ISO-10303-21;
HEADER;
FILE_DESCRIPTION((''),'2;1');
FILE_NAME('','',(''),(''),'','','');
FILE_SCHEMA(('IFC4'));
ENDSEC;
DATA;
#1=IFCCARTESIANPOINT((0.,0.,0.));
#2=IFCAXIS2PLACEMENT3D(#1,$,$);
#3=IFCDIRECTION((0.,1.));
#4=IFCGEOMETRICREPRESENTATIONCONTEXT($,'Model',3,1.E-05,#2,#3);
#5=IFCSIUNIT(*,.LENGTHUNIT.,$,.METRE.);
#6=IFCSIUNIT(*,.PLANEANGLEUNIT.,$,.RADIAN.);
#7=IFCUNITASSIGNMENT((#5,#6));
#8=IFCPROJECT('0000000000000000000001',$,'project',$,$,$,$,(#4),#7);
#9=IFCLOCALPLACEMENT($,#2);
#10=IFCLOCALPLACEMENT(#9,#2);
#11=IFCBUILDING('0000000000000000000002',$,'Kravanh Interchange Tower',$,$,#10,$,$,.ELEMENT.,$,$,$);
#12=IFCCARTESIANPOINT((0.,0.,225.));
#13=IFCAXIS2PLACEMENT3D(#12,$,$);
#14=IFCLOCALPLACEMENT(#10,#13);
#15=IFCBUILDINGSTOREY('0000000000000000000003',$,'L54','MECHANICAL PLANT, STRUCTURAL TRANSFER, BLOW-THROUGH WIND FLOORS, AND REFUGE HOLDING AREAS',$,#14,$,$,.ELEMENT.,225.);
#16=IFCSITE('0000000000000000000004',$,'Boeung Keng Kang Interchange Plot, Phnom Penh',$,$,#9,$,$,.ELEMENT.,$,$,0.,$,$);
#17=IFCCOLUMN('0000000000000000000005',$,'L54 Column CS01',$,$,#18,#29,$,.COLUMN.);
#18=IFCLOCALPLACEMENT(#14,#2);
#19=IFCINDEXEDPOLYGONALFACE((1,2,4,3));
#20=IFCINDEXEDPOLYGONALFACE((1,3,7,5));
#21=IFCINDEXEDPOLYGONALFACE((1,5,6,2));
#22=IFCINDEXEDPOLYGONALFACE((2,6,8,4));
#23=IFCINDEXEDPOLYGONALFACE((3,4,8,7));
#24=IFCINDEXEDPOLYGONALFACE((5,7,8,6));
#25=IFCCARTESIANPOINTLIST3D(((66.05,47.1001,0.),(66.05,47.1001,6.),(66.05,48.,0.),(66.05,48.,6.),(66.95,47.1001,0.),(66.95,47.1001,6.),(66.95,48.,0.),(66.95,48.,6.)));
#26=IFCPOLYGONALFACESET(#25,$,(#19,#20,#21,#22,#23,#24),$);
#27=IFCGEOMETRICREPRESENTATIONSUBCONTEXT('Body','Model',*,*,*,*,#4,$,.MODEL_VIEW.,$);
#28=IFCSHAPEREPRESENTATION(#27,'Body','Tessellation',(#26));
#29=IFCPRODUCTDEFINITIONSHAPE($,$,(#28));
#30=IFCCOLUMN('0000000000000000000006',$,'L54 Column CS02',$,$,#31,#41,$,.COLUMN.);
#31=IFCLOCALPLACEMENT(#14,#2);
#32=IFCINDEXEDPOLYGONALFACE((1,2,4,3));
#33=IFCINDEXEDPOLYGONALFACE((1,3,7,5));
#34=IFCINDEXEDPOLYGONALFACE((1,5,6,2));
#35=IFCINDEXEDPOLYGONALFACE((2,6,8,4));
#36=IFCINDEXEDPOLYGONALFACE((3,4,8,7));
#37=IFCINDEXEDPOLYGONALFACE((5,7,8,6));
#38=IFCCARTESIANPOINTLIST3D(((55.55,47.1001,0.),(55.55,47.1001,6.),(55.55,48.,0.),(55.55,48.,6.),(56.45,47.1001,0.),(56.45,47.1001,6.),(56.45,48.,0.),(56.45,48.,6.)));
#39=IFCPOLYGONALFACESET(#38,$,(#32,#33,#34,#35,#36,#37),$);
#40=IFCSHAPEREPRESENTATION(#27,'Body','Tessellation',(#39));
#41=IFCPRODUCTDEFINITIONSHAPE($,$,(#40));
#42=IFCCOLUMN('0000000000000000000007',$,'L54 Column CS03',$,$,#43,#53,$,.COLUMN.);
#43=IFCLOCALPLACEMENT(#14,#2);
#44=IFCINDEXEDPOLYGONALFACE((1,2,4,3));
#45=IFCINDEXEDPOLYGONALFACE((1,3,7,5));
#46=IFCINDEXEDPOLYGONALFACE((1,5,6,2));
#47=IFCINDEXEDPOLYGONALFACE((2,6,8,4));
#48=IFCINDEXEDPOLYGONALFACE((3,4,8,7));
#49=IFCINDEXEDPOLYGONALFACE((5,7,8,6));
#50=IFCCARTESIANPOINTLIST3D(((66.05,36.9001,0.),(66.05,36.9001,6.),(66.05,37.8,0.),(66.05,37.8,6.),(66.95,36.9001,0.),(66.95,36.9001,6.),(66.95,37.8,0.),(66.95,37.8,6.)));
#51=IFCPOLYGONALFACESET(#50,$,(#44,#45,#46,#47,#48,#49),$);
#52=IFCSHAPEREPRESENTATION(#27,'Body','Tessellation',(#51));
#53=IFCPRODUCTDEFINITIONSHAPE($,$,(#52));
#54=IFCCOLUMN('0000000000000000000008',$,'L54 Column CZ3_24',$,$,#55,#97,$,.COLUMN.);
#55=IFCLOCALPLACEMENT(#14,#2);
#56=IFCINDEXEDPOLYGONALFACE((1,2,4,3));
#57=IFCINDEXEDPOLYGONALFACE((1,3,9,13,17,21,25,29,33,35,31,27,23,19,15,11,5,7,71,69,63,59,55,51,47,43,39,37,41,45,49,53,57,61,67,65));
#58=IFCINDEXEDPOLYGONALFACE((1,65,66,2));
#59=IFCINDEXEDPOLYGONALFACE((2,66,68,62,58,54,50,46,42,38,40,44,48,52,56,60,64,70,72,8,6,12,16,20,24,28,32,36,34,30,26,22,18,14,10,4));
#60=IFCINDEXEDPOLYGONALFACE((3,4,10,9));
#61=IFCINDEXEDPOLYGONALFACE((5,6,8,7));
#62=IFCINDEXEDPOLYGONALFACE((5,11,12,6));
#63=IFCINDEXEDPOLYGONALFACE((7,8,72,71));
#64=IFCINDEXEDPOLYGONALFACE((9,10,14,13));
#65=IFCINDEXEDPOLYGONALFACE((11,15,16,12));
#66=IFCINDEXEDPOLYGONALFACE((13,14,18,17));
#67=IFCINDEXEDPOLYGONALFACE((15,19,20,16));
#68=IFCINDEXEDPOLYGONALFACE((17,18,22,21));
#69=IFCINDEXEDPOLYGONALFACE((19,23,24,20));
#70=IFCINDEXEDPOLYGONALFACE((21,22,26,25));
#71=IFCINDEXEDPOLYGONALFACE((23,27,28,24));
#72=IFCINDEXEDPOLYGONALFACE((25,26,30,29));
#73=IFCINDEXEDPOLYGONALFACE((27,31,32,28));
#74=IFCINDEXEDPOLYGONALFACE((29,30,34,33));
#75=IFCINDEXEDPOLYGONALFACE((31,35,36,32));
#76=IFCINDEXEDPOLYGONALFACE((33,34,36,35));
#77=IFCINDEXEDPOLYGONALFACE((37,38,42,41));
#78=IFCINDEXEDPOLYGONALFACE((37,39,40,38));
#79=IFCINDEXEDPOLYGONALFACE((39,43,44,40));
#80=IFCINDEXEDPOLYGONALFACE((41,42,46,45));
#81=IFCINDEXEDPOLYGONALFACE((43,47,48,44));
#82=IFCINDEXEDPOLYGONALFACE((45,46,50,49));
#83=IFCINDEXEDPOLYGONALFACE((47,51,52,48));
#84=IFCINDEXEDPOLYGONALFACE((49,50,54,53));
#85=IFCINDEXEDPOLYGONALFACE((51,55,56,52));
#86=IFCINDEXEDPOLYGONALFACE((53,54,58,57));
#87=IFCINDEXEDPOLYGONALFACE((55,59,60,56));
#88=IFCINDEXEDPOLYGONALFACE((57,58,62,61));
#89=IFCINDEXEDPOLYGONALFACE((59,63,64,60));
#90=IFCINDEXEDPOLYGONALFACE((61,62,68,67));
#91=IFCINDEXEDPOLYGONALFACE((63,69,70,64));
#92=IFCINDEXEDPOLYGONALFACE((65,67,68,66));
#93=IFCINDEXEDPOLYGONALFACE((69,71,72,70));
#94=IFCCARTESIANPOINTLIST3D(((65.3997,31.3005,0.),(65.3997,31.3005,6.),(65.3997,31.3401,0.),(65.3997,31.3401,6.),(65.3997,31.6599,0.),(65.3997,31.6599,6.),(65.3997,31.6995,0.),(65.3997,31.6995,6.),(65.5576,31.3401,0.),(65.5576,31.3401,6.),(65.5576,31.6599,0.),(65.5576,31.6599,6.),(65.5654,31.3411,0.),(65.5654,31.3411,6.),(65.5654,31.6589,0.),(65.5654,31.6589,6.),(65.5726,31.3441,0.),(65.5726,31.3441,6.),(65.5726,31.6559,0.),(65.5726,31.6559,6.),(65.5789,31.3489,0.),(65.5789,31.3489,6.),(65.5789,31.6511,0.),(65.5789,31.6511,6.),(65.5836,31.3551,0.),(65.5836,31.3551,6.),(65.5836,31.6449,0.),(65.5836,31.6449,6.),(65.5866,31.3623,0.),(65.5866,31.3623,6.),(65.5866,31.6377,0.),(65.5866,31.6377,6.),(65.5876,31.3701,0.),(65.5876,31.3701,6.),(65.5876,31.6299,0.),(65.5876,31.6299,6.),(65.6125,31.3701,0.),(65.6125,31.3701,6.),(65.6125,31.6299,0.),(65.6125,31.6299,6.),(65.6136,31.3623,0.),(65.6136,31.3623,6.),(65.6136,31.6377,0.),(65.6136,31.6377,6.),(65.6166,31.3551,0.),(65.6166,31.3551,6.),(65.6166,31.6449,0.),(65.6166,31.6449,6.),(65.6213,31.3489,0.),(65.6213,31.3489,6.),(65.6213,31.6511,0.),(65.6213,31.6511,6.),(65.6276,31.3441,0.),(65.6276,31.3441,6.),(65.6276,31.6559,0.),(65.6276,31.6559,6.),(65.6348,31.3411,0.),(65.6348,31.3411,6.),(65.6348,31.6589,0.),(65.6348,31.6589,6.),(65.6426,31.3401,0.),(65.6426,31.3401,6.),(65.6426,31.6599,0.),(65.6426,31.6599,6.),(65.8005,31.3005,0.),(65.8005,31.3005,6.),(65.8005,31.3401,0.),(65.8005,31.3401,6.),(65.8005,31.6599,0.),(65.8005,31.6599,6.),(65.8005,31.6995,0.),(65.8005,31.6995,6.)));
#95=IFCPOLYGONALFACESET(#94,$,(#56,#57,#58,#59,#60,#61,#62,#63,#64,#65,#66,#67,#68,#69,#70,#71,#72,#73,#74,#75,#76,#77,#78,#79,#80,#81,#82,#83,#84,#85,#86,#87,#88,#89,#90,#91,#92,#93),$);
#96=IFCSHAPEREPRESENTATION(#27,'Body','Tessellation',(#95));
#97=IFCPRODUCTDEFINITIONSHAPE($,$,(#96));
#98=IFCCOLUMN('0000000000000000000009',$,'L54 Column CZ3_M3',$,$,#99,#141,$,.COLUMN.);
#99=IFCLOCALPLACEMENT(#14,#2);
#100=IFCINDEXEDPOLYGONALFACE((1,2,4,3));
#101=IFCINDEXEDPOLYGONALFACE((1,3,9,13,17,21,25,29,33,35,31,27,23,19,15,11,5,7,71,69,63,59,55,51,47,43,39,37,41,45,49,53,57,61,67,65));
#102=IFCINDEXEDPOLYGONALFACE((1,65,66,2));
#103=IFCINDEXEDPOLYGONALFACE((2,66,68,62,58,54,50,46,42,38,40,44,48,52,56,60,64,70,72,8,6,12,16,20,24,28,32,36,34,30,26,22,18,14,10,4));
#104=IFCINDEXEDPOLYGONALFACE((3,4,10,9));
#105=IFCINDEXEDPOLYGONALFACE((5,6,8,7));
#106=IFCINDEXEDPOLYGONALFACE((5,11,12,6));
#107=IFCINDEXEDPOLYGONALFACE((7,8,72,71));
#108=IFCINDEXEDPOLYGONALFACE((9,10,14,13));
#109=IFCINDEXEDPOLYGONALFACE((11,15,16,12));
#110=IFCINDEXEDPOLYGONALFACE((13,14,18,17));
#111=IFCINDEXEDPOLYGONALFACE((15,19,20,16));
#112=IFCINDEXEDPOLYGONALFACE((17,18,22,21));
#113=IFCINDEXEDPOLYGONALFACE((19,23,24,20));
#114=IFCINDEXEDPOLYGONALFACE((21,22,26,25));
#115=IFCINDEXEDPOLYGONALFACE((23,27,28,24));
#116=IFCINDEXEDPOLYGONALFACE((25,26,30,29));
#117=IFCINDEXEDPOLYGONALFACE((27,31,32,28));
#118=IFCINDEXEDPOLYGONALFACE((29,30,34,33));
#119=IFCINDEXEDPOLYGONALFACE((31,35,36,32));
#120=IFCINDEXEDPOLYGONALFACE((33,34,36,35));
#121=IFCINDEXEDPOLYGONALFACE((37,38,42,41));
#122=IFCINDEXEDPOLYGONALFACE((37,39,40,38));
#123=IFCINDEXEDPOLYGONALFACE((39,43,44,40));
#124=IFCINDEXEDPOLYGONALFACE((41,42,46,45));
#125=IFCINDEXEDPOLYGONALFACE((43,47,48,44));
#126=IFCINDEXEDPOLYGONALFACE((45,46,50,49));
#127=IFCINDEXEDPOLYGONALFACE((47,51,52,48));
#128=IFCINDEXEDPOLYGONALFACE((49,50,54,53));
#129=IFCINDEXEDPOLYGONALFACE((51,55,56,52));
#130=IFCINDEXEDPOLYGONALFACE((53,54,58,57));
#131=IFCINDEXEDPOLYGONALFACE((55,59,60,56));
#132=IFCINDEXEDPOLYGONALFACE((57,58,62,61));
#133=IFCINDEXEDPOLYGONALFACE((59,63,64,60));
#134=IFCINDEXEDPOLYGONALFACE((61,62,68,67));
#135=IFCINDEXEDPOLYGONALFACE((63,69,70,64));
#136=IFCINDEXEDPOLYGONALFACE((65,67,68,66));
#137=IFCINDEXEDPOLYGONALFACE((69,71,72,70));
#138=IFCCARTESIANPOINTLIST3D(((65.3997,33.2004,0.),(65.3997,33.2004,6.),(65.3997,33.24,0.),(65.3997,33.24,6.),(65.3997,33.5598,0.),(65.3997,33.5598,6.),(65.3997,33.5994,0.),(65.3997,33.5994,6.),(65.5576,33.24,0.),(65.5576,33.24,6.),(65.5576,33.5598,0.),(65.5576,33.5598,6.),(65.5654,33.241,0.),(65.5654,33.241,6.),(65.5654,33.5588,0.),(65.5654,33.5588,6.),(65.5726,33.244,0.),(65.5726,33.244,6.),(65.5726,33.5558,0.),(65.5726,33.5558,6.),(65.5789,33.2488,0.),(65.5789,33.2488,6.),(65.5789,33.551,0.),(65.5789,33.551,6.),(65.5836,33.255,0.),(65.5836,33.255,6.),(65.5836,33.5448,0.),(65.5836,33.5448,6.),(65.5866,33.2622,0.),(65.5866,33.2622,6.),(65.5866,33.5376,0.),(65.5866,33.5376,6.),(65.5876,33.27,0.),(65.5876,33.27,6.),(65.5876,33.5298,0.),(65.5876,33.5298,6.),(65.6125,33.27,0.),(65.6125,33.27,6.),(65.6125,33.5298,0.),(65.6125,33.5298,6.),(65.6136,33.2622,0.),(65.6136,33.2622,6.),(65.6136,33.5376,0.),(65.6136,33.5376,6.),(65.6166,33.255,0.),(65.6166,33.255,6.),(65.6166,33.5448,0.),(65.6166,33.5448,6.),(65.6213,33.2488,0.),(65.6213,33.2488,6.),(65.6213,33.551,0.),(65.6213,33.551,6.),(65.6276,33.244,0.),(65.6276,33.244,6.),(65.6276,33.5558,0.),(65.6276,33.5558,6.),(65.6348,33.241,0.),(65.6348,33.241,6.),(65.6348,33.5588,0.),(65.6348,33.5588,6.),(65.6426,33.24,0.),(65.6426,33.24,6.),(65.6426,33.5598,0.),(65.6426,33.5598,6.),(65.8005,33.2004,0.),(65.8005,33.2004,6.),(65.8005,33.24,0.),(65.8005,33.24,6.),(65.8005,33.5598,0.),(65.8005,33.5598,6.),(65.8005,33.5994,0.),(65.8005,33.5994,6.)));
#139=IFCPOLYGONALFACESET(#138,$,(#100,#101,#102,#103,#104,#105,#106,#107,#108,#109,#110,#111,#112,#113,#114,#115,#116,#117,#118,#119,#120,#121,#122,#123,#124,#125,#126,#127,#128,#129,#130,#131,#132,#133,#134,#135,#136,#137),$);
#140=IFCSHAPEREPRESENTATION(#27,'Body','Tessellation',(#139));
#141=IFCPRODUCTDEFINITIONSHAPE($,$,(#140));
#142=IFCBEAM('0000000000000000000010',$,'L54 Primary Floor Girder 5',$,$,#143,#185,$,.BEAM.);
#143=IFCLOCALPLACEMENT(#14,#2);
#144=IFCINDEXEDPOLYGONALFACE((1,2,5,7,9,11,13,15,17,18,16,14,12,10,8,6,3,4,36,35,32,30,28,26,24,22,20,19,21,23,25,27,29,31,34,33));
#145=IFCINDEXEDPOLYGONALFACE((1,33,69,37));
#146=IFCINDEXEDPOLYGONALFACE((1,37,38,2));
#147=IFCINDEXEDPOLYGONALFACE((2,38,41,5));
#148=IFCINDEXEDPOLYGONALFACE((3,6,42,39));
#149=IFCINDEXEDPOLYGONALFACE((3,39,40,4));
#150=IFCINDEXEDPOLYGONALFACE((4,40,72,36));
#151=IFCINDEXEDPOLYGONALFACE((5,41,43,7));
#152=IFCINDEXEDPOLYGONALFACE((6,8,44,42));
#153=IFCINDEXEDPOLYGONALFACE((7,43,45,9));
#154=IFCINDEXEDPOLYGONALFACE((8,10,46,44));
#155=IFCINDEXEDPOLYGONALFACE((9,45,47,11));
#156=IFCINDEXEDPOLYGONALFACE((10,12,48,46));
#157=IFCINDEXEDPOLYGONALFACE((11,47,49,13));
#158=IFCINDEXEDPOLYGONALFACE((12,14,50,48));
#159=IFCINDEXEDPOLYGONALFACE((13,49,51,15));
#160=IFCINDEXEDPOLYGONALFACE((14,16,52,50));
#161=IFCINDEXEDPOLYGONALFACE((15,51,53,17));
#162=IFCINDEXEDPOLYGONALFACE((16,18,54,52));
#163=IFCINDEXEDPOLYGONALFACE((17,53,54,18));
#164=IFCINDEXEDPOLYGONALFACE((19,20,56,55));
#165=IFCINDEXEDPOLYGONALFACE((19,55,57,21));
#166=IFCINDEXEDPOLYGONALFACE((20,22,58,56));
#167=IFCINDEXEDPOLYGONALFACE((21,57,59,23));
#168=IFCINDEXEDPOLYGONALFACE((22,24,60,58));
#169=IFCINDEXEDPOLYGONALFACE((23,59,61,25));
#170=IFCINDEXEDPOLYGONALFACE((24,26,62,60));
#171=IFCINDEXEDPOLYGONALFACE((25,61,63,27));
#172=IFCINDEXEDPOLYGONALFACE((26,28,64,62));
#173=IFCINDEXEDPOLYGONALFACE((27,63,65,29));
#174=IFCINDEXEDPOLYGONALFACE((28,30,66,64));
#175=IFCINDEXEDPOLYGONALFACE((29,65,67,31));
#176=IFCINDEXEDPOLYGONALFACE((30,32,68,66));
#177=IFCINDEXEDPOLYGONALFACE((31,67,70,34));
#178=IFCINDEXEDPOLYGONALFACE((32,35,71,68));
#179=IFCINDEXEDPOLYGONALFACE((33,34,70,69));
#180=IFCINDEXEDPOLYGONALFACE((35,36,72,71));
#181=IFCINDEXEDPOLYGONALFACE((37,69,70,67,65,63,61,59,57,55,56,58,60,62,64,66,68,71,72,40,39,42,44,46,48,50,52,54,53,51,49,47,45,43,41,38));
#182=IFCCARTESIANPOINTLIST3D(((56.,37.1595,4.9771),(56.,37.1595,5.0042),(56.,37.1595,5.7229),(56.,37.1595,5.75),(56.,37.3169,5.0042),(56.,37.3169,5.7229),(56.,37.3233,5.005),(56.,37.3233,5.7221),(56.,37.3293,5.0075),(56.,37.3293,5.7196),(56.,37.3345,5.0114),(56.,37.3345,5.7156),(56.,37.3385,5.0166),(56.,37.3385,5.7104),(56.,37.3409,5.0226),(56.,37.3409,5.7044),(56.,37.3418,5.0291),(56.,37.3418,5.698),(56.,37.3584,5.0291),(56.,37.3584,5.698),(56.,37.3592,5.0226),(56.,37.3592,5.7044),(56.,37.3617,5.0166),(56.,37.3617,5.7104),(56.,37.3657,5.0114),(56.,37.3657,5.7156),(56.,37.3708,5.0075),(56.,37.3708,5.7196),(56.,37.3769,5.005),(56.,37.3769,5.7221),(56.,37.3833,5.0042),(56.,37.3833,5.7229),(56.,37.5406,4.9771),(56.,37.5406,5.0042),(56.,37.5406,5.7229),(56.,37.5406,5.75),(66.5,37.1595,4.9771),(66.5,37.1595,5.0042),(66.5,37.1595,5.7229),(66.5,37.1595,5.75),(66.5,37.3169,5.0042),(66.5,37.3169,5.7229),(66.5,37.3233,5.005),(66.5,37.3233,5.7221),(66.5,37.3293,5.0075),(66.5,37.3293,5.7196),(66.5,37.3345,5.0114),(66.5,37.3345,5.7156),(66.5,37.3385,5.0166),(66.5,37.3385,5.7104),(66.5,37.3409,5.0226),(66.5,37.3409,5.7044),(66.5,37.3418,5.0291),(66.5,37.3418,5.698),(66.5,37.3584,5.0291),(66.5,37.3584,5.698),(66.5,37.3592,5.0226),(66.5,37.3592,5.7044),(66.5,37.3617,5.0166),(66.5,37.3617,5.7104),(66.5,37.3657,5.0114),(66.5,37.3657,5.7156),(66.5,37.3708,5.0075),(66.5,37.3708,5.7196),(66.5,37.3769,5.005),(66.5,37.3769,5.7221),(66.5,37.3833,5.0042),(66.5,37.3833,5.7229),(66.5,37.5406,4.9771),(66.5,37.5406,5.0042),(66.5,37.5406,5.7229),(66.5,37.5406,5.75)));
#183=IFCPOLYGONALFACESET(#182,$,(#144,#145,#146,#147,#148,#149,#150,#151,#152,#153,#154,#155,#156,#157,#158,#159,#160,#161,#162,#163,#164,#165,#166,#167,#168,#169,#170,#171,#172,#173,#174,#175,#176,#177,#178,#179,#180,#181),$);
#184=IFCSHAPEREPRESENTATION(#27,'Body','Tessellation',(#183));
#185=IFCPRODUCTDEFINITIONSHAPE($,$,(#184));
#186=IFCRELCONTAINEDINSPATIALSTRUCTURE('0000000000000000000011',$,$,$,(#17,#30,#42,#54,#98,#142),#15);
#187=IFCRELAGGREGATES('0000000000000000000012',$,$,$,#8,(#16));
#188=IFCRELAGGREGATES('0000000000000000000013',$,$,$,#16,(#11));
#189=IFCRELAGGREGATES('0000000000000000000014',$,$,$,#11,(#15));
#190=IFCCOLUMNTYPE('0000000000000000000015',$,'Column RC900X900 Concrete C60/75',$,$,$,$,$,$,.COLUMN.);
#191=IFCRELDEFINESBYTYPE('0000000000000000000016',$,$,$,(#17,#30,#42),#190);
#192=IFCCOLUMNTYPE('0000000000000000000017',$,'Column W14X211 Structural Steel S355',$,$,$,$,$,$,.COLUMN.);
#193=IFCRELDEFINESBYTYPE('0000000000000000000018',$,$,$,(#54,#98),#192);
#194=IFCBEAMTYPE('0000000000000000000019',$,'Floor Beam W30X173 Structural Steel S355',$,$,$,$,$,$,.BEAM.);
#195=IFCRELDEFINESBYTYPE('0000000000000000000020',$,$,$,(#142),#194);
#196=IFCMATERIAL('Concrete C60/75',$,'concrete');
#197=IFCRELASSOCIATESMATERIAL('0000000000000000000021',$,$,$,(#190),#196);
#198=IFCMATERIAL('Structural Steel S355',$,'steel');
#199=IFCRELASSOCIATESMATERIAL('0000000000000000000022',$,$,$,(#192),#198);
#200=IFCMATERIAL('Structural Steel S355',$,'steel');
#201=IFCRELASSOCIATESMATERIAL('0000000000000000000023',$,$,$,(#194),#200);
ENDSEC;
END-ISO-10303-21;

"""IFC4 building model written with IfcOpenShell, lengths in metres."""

from ifc_helpers import new_model, si_unit, direction, frame, origin, origin_2d, place, context, subcontext, project, spatial, rectangle, i_section, extrude, material, material_profile, profile_set, type_object, element, save


model = new_model("IFC4")

# Units and contexts
model_context = context("Model", 3, precision=1e-05, world=origin(), true_north=direction((0.0, 1.0)))
body_context = subcontext(model_context, "Body", "Model", "MODEL_VIEW")
ifc_project = project(units=[si_unit("LENGTHUNIT", "METRE"), si_unit("PLANEANGLEUNIT", "RADIAN")], contexts=[model_context])

# Site, building, storey
site_placement = place(None, origin())
site = spatial("IfcSite", under=ifc_project, at=site_placement, Name="Boeung Keng Kang Interchange Plot, Phnom Penh", CompositionType="ELEMENT", RefElevation=0.0)
building_placement = place(site_placement, origin())
building = spatial("IfcBuilding", under=site, at=building_placement, Name="Kravanh Interchange Tower", CompositionType="ELEMENT")
storey_placement = place(building_placement, frame((0.0, 0.0, 225.0)))
storey = spatial("IfcBuildingStorey", under=building, at=storey_placement, Name="L54", Description="MECHANICAL PLANT, STRUCTURAL TRANSFER, BLOW-THROUGH WIND FLOORS, AND REFUGE HOLDING AREAS", CompositionType="ELEMENT", Elevation=225.0)

# Columns
ifc_material_1 = material(Name="Concrete C60/75", Category="concrete")
ifc_material_profile_1 = material_profile(ifc_material_1, rectangle(XDim=0.8999, YDim=0.8999, at=origin_2d()), Name="RC900X900")
ifc_profile_set_1 = profile_set([ifc_material_profile_1], Name="Concrete C60/75")
column_type_1 = type_object("IfcColumnType", Name="Column RC900X900 Concrete C60/75", PredefinedType="COLUMN", material=ifc_profile_set_1)
for number, where, z_axis, x_axis, name in (
    (1, (66.5, 47.55, 0.0), (0.0, 0.0, 1.0), (1.0, 0.0, 0.0), "L54 Column CS01"),
    (2, (56.0, 47.55, 0.0), (0.0, 0.0, 1.0), (1.0, 0.0, 0.0), "L54 Column CS02"),
    (3, (66.5, 37.3501, 0.0), (0.0, 0.0, 1.0), (1.0, 0.0, 0.0), "L54 Column CS03"),
):
    element("IfcColumn", number, at=place(storey_placement, frame(where, z_axis=z_axis, x_axis=x_axis)), inside=storey, type_object=column_type_1, Name=name, PredefinedType="COLUMN", context=body_context, shape_type="SweptSolid", body=[
        extrude(rectangle(XDim=0.8999, YDim=0.8999, at=origin_2d()), origin(), (0.0, 0.0, 1.0), 6.0),
    ])
ifc_material_2 = material(Name="Structural Steel S355", Category="steel")
ifc_material_profile_2 = material_profile(ifc_material_2, i_section(OverallWidth=0.4009, OverallDepth=0.3989, WebThickness=0.0249, FlangeThickness=0.0396, FilletRadius=0.03, at=origin_2d()), Name="W14X211")
ifc_profile_set_2 = profile_set([ifc_material_profile_2], Name="Structural Steel S355")
column_type_2 = type_object("IfcColumnType", Name="Column W14X211 Structural Steel S355", PredefinedType="COLUMN", material=ifc_profile_set_2)
for number, where, z_axis, x_axis, name in (
    (4, (65.6001, 31.5, 0.0), (0.0, 0.0, 1.0), (1.0, 0.0, 0.0), "L54 Column CZ3_24"),
    (5, (65.6001, 33.3999, 0.0), (0.0, 0.0, 1.0), (1.0, 0.0, 0.0), "L54 Column CZ3_M3"),
):
    element("IfcColumn", number, at=place(storey_placement, frame(where, z_axis=z_axis, x_axis=x_axis)), inside=storey, type_object=column_type_2, Name=name, PredefinedType="COLUMN", context=body_context, shape_type="SweptSolid", body=[
        extrude(i_section(OverallWidth=0.4009, OverallDepth=0.3989, WebThickness=0.0249, FlangeThickness=0.0396, FilletRadius=0.03, at=origin_2d()), origin(), (0.0, 0.0, 1.0), 6.0),
    ])

# Beam
ifc_material_3 = material(Name="Structural Steel S355", Category="steel")
ifc_material_profile_3 = material_profile(ifc_material_3, i_section(OverallWidth=0.3811, OverallDepth=0.7729, WebThickness=0.0166, FlangeThickness=0.0271, FilletRadius=0.0249, at=origin_2d()), Name="W30X173")
ifc_profile_set_3 = profile_set([ifc_material_profile_3], Name="Structural Steel S355")
beam_type_1 = type_object("IfcBeamType", Name="Floor Beam W30X173 Structural Steel S355", PredefinedType="BEAM", material=ifc_profile_set_3)
beam_1_placement = place(storey_placement, frame((66.5, 37.3501, 5.3635), z_axis=(-1.0, 0.0, 0.0), x_axis=(0.0, -1.0, 0.0)))
element("IfcBeam", 6, at=beam_1_placement, inside=storey, type_object=beam_type_1, Name="L54 Primary Floor Girder 5", PredefinedType="BEAM", context=body_context, shape_type="SweptSolid", body=[
    extrude(i_section(OverallWidth=0.3811, OverallDepth=0.7729, WebThickness=0.0166, FlangeThickness=0.0271, FilletRadius=0.0249, at=origin_2d()), origin(), (0.0, 0.0, 1.0), 10.5),
])

save(model, "model.ifc")
